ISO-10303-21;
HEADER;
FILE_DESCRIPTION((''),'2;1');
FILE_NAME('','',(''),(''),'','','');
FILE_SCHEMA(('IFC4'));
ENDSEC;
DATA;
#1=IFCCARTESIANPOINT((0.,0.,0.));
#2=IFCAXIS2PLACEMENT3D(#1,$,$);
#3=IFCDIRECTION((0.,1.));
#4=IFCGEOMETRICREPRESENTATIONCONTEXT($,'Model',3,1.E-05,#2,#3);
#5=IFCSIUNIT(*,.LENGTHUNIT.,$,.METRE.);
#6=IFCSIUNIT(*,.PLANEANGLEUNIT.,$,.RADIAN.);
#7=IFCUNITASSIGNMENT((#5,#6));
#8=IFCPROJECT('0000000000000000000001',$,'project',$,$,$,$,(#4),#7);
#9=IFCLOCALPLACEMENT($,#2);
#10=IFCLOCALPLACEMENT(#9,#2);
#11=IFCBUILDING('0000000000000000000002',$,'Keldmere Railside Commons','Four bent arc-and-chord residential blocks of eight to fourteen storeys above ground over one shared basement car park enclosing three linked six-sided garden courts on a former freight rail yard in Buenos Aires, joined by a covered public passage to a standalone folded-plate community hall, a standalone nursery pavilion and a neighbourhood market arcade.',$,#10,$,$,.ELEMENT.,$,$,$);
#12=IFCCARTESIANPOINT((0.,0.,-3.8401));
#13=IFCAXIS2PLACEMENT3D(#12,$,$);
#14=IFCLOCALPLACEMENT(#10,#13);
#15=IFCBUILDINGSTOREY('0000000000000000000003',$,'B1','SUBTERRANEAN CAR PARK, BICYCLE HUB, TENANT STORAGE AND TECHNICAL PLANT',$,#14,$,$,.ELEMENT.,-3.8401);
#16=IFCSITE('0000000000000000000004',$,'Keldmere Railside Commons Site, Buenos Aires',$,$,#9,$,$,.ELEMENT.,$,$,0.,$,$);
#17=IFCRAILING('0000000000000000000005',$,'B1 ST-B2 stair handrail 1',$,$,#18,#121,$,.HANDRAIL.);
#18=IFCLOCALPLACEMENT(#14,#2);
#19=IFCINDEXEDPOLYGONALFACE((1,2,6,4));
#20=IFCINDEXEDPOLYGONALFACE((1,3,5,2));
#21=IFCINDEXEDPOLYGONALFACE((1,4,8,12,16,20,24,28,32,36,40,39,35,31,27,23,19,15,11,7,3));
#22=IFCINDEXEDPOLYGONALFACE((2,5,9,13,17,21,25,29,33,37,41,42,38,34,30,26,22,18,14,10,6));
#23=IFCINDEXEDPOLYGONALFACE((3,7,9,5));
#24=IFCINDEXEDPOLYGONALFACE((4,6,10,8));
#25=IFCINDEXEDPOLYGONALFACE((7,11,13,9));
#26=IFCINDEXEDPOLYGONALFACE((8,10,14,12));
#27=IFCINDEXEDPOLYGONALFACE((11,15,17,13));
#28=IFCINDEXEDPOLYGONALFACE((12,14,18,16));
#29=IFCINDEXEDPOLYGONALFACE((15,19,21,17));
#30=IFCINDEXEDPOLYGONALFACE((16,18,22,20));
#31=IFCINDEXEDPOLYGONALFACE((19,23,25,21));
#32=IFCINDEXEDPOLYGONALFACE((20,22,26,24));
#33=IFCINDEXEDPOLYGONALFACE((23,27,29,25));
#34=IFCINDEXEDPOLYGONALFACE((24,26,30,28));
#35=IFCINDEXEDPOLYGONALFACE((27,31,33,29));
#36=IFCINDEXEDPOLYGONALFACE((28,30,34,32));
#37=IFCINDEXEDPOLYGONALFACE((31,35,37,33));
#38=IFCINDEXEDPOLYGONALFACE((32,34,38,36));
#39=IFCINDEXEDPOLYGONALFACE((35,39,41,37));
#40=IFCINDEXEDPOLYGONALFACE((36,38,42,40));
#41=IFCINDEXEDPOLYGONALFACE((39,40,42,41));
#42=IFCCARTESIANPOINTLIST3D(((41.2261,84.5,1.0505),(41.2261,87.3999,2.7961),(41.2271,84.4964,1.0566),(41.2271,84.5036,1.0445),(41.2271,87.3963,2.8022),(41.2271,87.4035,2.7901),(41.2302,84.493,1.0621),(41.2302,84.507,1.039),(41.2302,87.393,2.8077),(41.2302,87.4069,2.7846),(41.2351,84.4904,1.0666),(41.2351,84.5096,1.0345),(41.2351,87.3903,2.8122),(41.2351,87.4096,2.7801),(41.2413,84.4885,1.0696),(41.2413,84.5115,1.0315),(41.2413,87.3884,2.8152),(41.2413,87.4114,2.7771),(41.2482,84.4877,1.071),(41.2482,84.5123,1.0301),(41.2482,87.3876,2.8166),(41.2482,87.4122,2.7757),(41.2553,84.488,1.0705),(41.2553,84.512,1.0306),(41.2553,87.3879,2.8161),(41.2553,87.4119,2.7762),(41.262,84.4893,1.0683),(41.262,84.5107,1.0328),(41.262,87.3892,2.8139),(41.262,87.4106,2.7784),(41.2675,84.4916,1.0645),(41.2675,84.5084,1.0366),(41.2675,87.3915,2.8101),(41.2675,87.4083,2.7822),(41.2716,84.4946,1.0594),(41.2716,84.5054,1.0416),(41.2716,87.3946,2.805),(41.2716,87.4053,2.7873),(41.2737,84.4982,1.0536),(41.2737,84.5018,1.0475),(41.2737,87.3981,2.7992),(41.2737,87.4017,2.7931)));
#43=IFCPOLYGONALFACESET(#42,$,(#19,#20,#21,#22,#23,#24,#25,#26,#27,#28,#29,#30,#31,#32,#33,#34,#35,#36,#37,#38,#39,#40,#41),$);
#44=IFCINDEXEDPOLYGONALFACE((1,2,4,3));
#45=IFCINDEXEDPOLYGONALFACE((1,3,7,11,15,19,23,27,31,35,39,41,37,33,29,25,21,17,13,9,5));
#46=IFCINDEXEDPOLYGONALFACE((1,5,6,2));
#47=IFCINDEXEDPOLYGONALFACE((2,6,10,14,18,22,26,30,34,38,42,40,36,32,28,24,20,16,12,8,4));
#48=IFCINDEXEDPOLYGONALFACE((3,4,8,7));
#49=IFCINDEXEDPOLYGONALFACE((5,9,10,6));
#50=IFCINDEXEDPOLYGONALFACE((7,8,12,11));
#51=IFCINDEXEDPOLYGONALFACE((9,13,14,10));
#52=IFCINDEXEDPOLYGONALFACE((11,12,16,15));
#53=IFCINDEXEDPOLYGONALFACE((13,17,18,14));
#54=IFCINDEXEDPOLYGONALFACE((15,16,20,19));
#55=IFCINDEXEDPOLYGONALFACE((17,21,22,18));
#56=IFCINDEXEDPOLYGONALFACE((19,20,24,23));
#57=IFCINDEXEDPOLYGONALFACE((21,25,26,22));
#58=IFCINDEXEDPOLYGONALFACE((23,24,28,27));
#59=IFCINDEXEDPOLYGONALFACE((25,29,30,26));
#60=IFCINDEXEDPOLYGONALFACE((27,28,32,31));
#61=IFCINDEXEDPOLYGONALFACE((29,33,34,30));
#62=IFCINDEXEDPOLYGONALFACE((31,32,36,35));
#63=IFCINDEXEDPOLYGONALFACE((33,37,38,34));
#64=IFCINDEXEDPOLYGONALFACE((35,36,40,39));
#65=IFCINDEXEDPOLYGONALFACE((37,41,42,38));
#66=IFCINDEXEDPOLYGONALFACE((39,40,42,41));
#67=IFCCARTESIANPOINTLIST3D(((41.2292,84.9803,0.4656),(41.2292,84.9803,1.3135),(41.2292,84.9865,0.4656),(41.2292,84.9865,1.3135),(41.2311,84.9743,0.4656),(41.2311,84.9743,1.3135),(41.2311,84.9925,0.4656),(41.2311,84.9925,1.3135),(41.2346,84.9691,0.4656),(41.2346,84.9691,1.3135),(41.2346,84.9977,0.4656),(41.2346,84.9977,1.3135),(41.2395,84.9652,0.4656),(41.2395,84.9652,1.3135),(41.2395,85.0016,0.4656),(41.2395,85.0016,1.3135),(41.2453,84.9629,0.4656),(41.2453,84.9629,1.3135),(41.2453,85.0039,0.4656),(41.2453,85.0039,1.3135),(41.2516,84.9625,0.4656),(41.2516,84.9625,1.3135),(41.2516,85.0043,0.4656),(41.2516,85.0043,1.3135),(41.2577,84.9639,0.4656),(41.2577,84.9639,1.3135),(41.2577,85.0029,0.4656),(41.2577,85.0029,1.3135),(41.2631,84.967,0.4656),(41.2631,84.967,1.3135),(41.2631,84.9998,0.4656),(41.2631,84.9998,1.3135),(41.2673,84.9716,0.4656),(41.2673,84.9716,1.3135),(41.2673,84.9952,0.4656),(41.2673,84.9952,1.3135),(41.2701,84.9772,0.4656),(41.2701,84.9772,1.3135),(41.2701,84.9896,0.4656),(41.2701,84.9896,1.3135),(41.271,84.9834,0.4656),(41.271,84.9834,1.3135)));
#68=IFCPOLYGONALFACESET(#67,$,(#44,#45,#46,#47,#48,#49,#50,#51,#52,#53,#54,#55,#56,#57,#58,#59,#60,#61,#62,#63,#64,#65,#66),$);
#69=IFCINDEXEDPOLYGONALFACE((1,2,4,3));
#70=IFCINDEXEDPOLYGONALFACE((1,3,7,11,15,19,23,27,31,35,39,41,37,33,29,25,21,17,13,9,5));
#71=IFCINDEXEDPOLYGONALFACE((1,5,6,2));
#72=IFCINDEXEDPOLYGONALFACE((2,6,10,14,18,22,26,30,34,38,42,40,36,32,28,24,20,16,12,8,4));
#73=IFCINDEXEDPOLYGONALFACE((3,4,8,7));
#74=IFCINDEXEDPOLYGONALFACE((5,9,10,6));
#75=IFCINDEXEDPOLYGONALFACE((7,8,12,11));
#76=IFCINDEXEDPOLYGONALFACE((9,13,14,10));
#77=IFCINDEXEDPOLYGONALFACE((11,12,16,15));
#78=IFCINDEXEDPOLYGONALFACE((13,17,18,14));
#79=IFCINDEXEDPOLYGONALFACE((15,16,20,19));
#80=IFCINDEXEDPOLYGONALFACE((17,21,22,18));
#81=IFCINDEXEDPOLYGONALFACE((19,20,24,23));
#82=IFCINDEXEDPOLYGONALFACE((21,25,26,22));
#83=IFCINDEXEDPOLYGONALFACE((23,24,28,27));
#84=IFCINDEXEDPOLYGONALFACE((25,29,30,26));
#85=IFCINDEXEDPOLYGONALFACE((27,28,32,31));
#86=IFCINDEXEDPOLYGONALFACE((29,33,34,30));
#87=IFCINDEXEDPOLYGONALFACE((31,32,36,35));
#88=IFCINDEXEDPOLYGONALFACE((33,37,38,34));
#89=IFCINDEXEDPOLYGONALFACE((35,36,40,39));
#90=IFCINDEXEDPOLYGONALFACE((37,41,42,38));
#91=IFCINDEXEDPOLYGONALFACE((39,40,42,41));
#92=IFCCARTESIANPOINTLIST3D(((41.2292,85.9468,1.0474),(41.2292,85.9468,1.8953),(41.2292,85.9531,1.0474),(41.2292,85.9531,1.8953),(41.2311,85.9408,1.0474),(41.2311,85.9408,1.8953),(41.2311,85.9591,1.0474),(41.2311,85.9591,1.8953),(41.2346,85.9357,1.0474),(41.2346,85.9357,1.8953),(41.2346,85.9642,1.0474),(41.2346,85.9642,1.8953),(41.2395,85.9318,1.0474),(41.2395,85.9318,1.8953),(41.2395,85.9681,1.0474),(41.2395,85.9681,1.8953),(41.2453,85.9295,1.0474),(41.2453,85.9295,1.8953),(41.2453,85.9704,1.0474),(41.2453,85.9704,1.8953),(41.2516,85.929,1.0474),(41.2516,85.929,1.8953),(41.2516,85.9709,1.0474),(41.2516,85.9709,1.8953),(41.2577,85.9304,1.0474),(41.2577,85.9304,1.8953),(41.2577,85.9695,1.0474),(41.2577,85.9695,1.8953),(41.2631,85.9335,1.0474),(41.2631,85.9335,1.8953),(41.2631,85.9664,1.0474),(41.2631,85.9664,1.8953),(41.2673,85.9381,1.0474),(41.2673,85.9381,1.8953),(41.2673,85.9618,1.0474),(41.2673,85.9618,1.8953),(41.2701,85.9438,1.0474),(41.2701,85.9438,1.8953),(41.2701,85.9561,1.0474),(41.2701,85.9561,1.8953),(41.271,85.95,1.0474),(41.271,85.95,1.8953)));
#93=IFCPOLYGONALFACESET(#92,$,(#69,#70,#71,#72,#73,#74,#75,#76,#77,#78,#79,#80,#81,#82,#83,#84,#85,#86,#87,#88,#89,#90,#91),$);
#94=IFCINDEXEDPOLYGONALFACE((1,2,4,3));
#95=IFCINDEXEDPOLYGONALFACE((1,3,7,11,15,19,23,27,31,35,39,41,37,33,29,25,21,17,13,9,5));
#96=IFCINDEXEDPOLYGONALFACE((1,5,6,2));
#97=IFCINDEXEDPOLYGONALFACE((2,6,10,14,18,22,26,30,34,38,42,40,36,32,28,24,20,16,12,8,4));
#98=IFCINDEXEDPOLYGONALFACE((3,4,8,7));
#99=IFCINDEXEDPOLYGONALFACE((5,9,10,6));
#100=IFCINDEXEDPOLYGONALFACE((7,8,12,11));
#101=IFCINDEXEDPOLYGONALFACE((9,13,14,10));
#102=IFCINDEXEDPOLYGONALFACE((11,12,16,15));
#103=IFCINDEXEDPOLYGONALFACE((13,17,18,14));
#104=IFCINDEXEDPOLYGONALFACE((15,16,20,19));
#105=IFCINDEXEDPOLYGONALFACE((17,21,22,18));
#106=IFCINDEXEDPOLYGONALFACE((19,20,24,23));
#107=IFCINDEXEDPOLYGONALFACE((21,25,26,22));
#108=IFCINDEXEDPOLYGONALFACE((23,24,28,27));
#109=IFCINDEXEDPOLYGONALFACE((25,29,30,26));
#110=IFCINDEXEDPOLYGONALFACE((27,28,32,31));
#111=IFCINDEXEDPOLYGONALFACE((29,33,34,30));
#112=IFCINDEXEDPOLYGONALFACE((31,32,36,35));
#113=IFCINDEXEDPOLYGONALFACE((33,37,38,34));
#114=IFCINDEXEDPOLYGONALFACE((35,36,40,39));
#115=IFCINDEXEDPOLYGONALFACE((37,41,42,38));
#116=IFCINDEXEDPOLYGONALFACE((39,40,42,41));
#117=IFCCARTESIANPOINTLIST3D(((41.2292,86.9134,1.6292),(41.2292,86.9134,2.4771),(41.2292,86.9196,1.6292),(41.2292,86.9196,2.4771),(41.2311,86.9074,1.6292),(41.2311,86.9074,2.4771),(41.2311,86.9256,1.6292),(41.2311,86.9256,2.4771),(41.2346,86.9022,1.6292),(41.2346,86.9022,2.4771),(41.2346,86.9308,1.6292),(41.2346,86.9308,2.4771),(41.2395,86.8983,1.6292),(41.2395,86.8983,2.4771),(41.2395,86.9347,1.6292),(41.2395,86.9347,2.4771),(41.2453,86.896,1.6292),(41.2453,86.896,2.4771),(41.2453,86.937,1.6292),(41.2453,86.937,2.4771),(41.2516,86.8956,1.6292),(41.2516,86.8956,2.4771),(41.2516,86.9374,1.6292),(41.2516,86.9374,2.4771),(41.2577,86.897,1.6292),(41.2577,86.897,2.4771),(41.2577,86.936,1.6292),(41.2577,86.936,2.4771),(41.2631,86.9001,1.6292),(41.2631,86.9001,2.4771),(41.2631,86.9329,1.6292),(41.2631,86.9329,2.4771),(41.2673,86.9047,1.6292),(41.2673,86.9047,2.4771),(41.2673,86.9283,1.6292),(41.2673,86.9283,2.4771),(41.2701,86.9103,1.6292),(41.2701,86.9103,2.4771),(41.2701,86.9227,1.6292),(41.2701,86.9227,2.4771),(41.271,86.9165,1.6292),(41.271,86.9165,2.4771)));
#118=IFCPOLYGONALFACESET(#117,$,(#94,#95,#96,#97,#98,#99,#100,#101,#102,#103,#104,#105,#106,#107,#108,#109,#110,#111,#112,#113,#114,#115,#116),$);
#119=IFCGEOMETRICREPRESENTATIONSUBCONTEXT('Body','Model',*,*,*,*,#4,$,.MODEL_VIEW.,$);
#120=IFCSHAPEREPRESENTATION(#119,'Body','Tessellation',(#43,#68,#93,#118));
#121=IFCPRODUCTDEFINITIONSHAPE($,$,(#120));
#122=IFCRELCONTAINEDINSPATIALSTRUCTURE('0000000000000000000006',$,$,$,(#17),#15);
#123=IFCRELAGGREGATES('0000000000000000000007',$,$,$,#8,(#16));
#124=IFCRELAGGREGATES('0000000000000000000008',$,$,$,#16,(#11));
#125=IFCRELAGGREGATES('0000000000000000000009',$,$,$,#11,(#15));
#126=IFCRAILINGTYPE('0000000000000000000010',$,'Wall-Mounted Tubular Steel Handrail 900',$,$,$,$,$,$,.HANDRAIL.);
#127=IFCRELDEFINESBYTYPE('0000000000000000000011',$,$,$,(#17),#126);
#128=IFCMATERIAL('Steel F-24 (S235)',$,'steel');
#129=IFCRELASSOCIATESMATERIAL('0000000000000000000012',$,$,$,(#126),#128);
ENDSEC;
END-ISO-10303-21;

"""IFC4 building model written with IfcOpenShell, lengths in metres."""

from ifc_helpers import new_model, si_unit, direction, frame, origin, origin_2d, place, context, subcontext, project, spatial, circle, extrude, material, type_object, element, save


model = new_model("IFC4")

# Units and contexts
model_context = context("Model", 3, precision=1e-05, world=origin(), true_north=direction((0.0, 1.0)))
body_context = subcontext(model_context, "Body", "Model", "MODEL_VIEW")
ifc_project = project(units=[si_unit("LENGTHUNIT", "METRE"), si_unit("PLANEANGLEUNIT", "RADIAN")], contexts=[model_context])

# Site, building, storey
site_placement = place(None, origin())
site = spatial("IfcSite", under=ifc_project, at=site_placement, Name="Keldmere Railside Commons Site, Buenos Aires", CompositionType="ELEMENT", RefElevation=0.0)
building_placement = place(site_placement, origin())
building = spatial("IfcBuilding", under=site, at=building_placement, Name="Keldmere Railside Commons", Description="Four bent arc-and-chord residential blocks of eight to fourteen storeys above ground over one shared basement car park enclosing three linked six-sided garden courts on a former freight rail yard in Buenos Aires, joined by a covered public passage to a standalone folded-plate community hall, a standalone nursery pavilion and a neighbourhood market arcade.", CompositionType="ELEMENT")
storey_placement = place(building_placement, frame((0.0, 0.0, -3.8401)))
storey = spatial("IfcBuildingStorey", under=building, at=storey_placement, Name="B1", Description="SUBTERRANEAN CAR PARK, BICYCLE HUB, TENANT STORAGE AND TECHNICAL PLANT", CompositionType="ELEMENT", Elevation=-3.8401)

# Railing
ifc_material_1 = material(Name="Steel F-24 (S235)", Category="steel")
railing_type_1 = type_object("IfcRailingType", Name="Wall-Mounted Tubular Steel Handrail 900", PredefinedType="HANDRAIL", material=ifc_material_1)
railing_1_placement = place(storey_placement, frame((41.25, 84.5, 0.1746)))
element("IfcRailing", 1, at=railing_1_placement, inside=storey, type_object=railing_type_1, Name="B1 ST-B2 stair handrail 1", PredefinedType="HANDRAIL", context=body_context, shape_type="SweptSolid", body=[
    extrude(circle(Radius=0.0239, at=origin_2d()), frame((0.0, 0.0, 0.876), z_axis=(0.0, 0.856754, 0.515726), x_axis=(-1.0, 0.0, 0.0)), (0.0, 0.0, 1.0), 3.3848),
    extrude(circle(Radius=0.021, at=origin_2d()), frame((0.0, 0.4834, 0.291)), (0.0, 0.0, 1.0), 0.8479),
    extrude(circle(Radius=0.021, at=origin_2d()), frame((0.0, 1.45, 0.8728)), (0.0, 0.0, 1.0), 0.8479),
    extrude(circle(Radius=0.021, at=origin_2d()), frame((0.0, 2.4165, 1.4546)), (0.0, 0.0, 1.0), 0.8479),
])

save(model, "model.ifc")
